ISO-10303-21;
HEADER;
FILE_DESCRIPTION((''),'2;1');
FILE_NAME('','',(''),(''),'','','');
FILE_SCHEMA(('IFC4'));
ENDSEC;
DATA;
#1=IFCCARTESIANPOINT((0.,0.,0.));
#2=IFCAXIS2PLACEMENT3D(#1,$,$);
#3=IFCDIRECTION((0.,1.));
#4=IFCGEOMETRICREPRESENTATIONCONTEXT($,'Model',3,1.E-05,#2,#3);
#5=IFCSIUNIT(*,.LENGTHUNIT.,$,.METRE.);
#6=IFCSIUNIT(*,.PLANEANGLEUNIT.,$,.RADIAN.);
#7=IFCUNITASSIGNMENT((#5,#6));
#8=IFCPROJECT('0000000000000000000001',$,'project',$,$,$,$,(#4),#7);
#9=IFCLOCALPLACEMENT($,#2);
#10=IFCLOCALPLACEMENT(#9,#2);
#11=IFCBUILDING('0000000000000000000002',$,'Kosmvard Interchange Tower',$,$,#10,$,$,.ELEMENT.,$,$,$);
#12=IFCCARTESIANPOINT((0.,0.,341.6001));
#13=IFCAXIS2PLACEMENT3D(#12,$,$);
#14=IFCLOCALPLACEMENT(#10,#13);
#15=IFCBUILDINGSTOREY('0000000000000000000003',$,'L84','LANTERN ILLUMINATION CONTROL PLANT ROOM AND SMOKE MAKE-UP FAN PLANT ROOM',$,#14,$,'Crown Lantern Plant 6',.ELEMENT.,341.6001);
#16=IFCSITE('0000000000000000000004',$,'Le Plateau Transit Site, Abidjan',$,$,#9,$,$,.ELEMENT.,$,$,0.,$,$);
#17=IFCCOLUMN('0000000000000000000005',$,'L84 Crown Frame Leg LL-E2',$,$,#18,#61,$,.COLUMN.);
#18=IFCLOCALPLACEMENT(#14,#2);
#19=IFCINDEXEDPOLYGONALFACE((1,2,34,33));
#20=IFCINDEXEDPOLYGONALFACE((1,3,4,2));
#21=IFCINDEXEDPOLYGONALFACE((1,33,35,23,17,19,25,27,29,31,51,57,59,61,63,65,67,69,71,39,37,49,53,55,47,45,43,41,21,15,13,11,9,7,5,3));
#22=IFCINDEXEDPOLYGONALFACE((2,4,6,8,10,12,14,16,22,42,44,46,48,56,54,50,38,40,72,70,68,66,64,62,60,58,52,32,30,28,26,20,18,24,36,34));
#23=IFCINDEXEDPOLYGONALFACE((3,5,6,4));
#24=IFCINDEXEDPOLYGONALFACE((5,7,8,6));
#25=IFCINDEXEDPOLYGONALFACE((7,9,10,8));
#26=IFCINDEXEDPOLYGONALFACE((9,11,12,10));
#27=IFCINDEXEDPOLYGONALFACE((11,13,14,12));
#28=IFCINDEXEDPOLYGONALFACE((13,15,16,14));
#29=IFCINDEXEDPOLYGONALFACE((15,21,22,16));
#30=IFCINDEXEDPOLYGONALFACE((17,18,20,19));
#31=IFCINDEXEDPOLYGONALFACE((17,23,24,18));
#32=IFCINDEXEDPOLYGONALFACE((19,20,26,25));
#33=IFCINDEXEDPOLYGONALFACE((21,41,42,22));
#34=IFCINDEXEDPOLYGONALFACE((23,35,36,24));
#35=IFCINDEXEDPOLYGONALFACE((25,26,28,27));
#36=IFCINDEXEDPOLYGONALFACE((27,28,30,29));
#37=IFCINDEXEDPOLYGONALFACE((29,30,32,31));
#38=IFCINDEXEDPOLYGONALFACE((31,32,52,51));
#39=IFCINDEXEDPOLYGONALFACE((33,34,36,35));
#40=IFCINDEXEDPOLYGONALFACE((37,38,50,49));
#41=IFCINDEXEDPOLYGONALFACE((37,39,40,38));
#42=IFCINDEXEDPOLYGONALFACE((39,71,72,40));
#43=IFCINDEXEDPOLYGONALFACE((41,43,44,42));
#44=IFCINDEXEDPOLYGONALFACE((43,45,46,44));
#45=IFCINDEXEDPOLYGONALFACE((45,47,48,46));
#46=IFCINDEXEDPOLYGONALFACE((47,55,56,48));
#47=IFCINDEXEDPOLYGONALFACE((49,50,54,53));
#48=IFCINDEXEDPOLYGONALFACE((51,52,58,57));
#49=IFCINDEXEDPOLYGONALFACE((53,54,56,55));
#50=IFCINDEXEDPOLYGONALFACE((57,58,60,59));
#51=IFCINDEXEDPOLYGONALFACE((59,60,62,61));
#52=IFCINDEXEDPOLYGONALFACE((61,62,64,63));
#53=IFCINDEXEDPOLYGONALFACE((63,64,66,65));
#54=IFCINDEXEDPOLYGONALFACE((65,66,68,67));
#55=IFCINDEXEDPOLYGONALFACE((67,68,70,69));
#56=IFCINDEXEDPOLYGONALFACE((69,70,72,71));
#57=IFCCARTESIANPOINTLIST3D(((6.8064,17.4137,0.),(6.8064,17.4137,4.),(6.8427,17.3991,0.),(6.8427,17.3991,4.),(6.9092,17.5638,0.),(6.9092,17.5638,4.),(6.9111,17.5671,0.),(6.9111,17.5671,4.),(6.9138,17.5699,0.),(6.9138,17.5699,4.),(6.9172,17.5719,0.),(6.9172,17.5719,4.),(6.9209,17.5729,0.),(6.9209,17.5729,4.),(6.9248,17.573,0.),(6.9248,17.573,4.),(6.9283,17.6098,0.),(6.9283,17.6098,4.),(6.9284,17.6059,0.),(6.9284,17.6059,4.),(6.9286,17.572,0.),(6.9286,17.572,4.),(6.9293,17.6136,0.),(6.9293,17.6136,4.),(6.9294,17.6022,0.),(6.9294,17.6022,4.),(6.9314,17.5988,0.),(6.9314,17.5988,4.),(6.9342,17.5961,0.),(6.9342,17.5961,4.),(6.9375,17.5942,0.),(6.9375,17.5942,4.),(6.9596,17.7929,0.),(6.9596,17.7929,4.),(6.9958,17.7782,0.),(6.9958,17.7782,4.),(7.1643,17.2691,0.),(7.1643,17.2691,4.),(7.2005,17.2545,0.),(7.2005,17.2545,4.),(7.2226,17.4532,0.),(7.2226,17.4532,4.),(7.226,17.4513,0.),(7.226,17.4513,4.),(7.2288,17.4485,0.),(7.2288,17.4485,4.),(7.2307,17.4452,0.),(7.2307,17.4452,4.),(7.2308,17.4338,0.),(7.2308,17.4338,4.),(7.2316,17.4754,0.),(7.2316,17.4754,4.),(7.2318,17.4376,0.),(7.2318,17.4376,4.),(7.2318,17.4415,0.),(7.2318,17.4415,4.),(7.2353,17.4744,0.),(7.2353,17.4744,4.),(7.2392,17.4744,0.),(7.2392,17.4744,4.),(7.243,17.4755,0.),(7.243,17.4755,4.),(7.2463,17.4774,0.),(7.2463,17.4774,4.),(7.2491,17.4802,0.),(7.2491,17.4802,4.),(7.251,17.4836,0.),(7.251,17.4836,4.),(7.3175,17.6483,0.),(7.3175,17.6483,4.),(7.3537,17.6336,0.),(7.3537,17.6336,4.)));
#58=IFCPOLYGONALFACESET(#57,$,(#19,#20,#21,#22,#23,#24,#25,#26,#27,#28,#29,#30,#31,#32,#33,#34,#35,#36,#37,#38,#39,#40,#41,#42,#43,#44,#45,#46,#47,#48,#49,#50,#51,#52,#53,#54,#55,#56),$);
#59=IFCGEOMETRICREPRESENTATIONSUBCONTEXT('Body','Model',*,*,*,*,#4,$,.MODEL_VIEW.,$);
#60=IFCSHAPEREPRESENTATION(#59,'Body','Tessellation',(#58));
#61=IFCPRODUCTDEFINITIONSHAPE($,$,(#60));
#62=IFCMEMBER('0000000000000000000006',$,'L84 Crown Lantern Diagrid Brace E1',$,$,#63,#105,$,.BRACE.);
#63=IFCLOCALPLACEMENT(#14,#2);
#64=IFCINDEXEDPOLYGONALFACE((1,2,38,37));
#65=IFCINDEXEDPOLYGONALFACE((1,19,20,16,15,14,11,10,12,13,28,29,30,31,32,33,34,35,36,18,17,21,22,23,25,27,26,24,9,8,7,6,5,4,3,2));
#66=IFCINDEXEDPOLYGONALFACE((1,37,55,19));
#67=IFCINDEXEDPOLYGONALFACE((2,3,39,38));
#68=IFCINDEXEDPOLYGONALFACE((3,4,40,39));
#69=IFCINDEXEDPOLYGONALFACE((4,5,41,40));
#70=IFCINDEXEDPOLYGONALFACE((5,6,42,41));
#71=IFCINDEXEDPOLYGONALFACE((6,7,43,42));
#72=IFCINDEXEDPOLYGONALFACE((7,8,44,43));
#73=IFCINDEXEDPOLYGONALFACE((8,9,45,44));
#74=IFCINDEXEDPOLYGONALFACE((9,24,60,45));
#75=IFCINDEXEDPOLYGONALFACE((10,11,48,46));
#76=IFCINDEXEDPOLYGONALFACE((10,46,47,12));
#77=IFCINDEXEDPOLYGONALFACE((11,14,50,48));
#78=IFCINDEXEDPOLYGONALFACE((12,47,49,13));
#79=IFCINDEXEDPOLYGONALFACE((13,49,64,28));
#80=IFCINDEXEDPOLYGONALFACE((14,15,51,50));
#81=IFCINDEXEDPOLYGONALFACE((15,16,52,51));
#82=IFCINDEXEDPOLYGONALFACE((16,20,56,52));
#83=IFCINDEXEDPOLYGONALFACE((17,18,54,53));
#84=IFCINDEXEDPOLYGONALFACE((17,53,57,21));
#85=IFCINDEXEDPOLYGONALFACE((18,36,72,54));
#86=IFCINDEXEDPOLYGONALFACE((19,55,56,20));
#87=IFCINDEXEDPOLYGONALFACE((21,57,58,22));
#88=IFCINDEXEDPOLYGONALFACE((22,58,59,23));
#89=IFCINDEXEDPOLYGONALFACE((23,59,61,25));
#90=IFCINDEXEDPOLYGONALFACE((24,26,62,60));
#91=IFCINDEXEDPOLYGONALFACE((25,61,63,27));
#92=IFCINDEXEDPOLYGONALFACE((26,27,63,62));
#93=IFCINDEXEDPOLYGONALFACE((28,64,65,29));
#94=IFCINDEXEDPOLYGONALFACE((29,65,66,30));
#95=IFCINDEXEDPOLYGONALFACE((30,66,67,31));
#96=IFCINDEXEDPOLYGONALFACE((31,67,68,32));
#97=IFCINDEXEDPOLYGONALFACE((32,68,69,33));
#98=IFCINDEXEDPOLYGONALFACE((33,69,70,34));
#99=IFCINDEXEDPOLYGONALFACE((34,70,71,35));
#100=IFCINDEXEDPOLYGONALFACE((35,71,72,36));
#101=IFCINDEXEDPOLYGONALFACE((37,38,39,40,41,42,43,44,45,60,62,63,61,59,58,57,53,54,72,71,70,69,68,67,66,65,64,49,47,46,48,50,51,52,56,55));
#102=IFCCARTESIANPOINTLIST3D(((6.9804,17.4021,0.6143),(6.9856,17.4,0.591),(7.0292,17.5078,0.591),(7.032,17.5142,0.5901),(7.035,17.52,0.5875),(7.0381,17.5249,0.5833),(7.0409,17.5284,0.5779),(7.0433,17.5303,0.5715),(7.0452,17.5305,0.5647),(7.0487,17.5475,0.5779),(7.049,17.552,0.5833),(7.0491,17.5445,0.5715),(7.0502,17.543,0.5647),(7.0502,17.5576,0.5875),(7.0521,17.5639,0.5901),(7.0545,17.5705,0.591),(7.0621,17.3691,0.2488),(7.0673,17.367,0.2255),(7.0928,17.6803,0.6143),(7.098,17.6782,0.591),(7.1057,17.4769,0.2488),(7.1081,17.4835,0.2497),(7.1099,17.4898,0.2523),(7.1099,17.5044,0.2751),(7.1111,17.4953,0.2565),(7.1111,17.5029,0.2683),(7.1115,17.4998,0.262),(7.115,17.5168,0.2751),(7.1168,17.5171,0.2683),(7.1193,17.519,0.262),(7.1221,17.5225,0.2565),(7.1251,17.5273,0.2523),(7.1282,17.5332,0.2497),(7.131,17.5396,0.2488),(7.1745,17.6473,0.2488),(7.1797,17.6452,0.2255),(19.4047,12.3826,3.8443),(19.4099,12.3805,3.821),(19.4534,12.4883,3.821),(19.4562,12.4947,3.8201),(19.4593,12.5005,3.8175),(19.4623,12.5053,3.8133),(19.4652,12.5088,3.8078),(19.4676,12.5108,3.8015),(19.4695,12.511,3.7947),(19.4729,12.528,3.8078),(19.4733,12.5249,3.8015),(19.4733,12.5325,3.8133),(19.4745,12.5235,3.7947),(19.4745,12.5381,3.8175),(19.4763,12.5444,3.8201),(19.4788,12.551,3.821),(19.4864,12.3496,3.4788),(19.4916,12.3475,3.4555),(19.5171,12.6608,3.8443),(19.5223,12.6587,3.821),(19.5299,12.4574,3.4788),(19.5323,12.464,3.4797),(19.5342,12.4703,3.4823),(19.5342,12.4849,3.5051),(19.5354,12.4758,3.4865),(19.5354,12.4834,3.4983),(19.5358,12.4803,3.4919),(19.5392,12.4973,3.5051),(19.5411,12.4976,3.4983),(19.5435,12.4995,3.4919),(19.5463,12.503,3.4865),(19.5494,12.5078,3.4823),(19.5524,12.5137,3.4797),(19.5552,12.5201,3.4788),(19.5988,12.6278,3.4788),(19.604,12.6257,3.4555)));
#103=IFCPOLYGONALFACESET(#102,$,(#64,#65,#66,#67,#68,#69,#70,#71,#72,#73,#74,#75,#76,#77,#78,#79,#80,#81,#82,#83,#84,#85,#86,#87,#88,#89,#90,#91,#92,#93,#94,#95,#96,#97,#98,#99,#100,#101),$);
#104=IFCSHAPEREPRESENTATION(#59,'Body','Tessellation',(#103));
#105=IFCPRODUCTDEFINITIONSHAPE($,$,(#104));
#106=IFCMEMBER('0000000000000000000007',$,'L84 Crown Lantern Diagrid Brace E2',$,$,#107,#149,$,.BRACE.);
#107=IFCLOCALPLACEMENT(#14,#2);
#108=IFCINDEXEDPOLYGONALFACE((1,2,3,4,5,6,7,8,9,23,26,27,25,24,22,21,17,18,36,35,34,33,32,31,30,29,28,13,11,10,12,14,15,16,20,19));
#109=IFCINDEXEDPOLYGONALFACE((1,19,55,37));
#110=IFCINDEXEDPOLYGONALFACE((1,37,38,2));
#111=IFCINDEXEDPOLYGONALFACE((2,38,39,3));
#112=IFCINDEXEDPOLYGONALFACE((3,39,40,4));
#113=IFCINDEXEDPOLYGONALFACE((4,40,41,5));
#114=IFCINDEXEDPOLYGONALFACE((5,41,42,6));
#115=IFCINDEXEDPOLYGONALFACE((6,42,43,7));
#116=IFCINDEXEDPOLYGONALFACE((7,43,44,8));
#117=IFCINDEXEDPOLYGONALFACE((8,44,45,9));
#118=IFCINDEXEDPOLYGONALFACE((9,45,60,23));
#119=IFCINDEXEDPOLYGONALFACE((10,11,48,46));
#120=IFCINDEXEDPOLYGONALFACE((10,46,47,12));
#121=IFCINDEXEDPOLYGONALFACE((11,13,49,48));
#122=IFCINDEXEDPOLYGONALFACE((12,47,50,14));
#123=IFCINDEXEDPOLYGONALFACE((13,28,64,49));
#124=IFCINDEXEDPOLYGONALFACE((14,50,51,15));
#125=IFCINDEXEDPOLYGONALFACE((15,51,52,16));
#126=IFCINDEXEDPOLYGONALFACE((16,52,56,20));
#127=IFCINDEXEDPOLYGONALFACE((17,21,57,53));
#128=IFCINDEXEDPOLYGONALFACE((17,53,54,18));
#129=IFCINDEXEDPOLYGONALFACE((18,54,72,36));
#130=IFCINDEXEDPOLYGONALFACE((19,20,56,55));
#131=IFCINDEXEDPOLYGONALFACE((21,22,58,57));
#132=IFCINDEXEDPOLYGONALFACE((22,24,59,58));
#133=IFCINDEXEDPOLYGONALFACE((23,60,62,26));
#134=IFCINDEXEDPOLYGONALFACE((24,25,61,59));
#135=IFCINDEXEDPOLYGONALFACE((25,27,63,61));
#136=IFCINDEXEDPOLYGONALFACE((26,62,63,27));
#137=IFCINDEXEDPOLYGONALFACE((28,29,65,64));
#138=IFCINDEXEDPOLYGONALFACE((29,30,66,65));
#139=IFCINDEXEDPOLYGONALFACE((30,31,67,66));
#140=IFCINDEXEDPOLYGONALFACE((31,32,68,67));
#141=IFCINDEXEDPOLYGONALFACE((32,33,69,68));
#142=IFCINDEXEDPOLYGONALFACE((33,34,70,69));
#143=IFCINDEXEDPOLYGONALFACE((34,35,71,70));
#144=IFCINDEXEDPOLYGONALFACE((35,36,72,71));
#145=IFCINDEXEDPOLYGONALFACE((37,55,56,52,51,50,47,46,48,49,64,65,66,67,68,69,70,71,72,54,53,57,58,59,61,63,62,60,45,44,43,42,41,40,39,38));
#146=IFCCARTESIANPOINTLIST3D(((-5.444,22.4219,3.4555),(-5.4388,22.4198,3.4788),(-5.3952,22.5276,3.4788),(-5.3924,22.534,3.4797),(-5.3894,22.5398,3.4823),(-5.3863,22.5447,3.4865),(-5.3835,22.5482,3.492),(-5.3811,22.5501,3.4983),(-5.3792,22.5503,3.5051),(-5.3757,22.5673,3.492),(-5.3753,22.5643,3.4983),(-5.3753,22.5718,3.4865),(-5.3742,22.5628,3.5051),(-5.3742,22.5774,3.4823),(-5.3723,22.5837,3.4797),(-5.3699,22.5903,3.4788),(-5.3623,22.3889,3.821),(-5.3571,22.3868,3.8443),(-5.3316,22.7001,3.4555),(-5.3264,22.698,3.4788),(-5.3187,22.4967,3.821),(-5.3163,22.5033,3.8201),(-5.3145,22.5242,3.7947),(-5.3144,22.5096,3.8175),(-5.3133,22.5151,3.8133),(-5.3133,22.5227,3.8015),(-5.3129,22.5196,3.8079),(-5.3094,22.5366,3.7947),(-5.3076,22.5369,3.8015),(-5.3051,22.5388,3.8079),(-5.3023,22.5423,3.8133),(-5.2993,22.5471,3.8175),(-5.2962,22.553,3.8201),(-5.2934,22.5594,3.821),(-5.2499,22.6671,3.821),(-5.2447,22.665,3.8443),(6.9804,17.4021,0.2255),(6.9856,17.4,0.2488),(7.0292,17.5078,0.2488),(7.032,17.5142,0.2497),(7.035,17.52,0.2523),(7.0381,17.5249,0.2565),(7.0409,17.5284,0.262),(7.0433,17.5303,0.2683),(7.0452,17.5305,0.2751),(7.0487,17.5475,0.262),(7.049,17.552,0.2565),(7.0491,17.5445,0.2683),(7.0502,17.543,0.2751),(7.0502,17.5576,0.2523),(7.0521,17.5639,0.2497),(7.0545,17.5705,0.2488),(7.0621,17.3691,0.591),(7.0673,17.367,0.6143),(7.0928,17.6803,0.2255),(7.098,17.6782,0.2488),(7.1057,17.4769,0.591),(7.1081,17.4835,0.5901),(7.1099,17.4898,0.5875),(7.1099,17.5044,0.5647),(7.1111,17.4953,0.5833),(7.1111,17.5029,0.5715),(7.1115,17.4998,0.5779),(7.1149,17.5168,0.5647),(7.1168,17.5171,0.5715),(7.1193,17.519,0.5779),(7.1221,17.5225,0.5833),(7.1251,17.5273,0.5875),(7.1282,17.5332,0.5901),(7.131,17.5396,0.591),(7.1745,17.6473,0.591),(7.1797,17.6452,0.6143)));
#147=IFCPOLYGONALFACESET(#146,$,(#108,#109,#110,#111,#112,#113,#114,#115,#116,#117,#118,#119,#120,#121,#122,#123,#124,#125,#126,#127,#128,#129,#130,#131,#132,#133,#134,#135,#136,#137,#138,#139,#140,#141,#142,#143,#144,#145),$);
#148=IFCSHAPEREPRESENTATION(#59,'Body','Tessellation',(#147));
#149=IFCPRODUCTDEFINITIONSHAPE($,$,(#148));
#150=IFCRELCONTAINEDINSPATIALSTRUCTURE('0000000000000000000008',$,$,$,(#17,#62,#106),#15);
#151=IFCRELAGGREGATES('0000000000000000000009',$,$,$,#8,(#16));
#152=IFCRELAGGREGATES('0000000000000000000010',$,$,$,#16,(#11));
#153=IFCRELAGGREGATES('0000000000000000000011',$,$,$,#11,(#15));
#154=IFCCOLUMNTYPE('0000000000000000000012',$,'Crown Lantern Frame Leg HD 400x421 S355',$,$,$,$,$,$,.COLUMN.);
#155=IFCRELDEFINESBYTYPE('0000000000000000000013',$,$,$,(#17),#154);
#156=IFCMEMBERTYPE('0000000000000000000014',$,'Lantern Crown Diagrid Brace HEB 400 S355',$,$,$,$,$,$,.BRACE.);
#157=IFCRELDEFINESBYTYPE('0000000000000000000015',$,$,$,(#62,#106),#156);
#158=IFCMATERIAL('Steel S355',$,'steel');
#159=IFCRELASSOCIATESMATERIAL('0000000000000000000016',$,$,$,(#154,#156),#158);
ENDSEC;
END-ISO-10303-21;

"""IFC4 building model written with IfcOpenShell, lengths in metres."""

from ifc_helpers import new_model, si_unit, direction, frame, origin, origin_2d, place, context, subcontext, project, spatial, i_section, extrude, source, transform, mapped, material, material_profile, profile_set, type_object, element, save


model = new_model("IFC4")

# Units and contexts
model_context = context("Model", 3, precision=1e-05, world=origin(), true_north=direction((0.0, 1.0)))
body_context = subcontext(model_context, "Body", "Model", "MODEL_VIEW")
ifc_project = project(units=[si_unit("LENGTHUNIT", "METRE"), si_unit("PLANEANGLEUNIT", "RADIAN")], contexts=[model_context])

# Site, building, storey
site_placement = place(None, origin())
site = spatial("IfcSite", under=ifc_project, at=site_placement, Name="Le Plateau Transit Site, Abidjan", CompositionType="ELEMENT", RefElevation=0.0)
building_placement = place(site_placement, origin())
building = spatial("IfcBuilding", under=site, at=building_placement, Name="Kosmvard Interchange Tower", CompositionType="ELEMENT")
storey_placement = place(building_placement, frame((0.0, 0.0, 341.6001)))
storey = spatial("IfcBuildingStorey", under=building, at=storey_placement, Name="L84", Description="LANTERN ILLUMINATION CONTROL PLANT ROOM AND SMOKE MAKE-UP FAN PLANT ROOM", LongName="Crown Lantern Plant 6", CompositionType="ELEMENT", Elevation=341.6001)

# Column
ifc_material_1 = material(Name="Steel S355", Category="steel")
ifc_material_profile_1 = material_profile(ifc_material_1, i_section(OverallWidth=0.4089, OverallDepth=0.425, WebThickness=0.0239, FlangeThickness=0.0391, FilletRadius=0.0149, at=origin_2d()), Name="HD 400x421")
ifc_profile_set_1 = profile_set([ifc_material_profile_1], Name="Steel S355")
column_type = type_object("IfcColumnType", Name="Crown Lantern Frame Leg HD 400x421 S355", PredefinedType="COLUMN", material=ifc_profile_set_1)
shared_shape_1 = source(origin(), body_context, "Body", "SweptSolid", [
    extrude(i_section(OverallWidth=0.4089, OverallDepth=0.425, WebThickness=0.0239, FlangeThickness=0.0391, FilletRadius=0.0149, at=origin_2d()), origin(), (0.0, 0.0, 1.0), 4.0),
])
column_placement = place(storey_placement, frame((7.0801, 17.5237, 0.0), z_axis=(0.0, 0.0, 1.0), x_axis=(0.374607, 0.927184, 0.0)))
element("IfcColumn", 1, at=column_placement, inside=storey, type_object=column_type, Name="L84 Crown Frame Leg LL-E2", PredefinedType="COLUMN", context=body_context, shape_type="MappedRepresentation", body=[
    mapped(shared_shape_1, transform((0.0, 0.0, 0.0), scale=1.0)),
])

# Members
ifc_material_profile_2 = material_profile(ifc_material_1, i_section(OverallWidth=0.3, OverallDepth=0.3999, WebThickness=0.0134, FlangeThickness=0.0239, FilletRadius=0.0271, at=origin_2d()), Name="HEB 400")
ifc_profile_set_2 = profile_set([ifc_material_profile_2], Name="Steel S355")
member_type_1 = type_object("IfcMemberType", Name="Lantern Crown Diagrid Brace HEB 400 S355", PredefinedType="BRACE", material=ifc_profile_set_2)
shared_shape_2 = source(origin(), body_context, "Body", "SweptSolid", [
    extrude(i_section(OverallWidth=0.3, OverallDepth=0.3999, WebThickness=0.0134, FlangeThickness=0.0239, FilletRadius=0.0271, at=origin_2d()), origin(), (0.0, 0.0, 1.0), 13.7837),
])
member_1_placement = place(storey_placement, frame((7.0801, 17.5237, 0.4199), z_axis=(0.901373, -0.364163, 0.234332), x_axis=(0.374593, 0.92719, 0.0)))
element("IfcMember", 2, at=member_1_placement, inside=storey, type_object=member_type_1, Name="L84 Crown Lantern Diagrid Brace E1", PredefinedType="BRACE", context=body_context, shape_type="MappedRepresentation", body=[
    mapped(shared_shape_2, transform((0.0, 0.0, 0.0), scale=1.0)),
])
shared_shape_3 = source(origin(), body_context, "Body", "SweptSolid", [
    extrude(i_section(OverallWidth=0.3, OverallDepth=0.3999, WebThickness=0.0134, FlangeThickness=0.0239, FilletRadius=0.0271, at=origin_2d()), origin(), (0.0, 0.0, 1.0), 13.7839),
])
member_2_placement = place(storey_placement, frame((7.0801, 17.5237, 0.4199), z_axis=(-0.901368, 0.364178, 0.234331), x_axis=(-0.374608, -0.927183, 0.0)))
element("IfcMember", 3, at=member_2_placement, inside=storey, type_object=member_type_1, Name="L84 Crown Lantern Diagrid Brace E2", PredefinedType="BRACE", context=body_context, shape_type="MappedRepresentation", body=[
    mapped(shared_shape_3, transform((0.0, 0.0, 0.0), scale=1.0)),
])

save(model, "model.ifc")
